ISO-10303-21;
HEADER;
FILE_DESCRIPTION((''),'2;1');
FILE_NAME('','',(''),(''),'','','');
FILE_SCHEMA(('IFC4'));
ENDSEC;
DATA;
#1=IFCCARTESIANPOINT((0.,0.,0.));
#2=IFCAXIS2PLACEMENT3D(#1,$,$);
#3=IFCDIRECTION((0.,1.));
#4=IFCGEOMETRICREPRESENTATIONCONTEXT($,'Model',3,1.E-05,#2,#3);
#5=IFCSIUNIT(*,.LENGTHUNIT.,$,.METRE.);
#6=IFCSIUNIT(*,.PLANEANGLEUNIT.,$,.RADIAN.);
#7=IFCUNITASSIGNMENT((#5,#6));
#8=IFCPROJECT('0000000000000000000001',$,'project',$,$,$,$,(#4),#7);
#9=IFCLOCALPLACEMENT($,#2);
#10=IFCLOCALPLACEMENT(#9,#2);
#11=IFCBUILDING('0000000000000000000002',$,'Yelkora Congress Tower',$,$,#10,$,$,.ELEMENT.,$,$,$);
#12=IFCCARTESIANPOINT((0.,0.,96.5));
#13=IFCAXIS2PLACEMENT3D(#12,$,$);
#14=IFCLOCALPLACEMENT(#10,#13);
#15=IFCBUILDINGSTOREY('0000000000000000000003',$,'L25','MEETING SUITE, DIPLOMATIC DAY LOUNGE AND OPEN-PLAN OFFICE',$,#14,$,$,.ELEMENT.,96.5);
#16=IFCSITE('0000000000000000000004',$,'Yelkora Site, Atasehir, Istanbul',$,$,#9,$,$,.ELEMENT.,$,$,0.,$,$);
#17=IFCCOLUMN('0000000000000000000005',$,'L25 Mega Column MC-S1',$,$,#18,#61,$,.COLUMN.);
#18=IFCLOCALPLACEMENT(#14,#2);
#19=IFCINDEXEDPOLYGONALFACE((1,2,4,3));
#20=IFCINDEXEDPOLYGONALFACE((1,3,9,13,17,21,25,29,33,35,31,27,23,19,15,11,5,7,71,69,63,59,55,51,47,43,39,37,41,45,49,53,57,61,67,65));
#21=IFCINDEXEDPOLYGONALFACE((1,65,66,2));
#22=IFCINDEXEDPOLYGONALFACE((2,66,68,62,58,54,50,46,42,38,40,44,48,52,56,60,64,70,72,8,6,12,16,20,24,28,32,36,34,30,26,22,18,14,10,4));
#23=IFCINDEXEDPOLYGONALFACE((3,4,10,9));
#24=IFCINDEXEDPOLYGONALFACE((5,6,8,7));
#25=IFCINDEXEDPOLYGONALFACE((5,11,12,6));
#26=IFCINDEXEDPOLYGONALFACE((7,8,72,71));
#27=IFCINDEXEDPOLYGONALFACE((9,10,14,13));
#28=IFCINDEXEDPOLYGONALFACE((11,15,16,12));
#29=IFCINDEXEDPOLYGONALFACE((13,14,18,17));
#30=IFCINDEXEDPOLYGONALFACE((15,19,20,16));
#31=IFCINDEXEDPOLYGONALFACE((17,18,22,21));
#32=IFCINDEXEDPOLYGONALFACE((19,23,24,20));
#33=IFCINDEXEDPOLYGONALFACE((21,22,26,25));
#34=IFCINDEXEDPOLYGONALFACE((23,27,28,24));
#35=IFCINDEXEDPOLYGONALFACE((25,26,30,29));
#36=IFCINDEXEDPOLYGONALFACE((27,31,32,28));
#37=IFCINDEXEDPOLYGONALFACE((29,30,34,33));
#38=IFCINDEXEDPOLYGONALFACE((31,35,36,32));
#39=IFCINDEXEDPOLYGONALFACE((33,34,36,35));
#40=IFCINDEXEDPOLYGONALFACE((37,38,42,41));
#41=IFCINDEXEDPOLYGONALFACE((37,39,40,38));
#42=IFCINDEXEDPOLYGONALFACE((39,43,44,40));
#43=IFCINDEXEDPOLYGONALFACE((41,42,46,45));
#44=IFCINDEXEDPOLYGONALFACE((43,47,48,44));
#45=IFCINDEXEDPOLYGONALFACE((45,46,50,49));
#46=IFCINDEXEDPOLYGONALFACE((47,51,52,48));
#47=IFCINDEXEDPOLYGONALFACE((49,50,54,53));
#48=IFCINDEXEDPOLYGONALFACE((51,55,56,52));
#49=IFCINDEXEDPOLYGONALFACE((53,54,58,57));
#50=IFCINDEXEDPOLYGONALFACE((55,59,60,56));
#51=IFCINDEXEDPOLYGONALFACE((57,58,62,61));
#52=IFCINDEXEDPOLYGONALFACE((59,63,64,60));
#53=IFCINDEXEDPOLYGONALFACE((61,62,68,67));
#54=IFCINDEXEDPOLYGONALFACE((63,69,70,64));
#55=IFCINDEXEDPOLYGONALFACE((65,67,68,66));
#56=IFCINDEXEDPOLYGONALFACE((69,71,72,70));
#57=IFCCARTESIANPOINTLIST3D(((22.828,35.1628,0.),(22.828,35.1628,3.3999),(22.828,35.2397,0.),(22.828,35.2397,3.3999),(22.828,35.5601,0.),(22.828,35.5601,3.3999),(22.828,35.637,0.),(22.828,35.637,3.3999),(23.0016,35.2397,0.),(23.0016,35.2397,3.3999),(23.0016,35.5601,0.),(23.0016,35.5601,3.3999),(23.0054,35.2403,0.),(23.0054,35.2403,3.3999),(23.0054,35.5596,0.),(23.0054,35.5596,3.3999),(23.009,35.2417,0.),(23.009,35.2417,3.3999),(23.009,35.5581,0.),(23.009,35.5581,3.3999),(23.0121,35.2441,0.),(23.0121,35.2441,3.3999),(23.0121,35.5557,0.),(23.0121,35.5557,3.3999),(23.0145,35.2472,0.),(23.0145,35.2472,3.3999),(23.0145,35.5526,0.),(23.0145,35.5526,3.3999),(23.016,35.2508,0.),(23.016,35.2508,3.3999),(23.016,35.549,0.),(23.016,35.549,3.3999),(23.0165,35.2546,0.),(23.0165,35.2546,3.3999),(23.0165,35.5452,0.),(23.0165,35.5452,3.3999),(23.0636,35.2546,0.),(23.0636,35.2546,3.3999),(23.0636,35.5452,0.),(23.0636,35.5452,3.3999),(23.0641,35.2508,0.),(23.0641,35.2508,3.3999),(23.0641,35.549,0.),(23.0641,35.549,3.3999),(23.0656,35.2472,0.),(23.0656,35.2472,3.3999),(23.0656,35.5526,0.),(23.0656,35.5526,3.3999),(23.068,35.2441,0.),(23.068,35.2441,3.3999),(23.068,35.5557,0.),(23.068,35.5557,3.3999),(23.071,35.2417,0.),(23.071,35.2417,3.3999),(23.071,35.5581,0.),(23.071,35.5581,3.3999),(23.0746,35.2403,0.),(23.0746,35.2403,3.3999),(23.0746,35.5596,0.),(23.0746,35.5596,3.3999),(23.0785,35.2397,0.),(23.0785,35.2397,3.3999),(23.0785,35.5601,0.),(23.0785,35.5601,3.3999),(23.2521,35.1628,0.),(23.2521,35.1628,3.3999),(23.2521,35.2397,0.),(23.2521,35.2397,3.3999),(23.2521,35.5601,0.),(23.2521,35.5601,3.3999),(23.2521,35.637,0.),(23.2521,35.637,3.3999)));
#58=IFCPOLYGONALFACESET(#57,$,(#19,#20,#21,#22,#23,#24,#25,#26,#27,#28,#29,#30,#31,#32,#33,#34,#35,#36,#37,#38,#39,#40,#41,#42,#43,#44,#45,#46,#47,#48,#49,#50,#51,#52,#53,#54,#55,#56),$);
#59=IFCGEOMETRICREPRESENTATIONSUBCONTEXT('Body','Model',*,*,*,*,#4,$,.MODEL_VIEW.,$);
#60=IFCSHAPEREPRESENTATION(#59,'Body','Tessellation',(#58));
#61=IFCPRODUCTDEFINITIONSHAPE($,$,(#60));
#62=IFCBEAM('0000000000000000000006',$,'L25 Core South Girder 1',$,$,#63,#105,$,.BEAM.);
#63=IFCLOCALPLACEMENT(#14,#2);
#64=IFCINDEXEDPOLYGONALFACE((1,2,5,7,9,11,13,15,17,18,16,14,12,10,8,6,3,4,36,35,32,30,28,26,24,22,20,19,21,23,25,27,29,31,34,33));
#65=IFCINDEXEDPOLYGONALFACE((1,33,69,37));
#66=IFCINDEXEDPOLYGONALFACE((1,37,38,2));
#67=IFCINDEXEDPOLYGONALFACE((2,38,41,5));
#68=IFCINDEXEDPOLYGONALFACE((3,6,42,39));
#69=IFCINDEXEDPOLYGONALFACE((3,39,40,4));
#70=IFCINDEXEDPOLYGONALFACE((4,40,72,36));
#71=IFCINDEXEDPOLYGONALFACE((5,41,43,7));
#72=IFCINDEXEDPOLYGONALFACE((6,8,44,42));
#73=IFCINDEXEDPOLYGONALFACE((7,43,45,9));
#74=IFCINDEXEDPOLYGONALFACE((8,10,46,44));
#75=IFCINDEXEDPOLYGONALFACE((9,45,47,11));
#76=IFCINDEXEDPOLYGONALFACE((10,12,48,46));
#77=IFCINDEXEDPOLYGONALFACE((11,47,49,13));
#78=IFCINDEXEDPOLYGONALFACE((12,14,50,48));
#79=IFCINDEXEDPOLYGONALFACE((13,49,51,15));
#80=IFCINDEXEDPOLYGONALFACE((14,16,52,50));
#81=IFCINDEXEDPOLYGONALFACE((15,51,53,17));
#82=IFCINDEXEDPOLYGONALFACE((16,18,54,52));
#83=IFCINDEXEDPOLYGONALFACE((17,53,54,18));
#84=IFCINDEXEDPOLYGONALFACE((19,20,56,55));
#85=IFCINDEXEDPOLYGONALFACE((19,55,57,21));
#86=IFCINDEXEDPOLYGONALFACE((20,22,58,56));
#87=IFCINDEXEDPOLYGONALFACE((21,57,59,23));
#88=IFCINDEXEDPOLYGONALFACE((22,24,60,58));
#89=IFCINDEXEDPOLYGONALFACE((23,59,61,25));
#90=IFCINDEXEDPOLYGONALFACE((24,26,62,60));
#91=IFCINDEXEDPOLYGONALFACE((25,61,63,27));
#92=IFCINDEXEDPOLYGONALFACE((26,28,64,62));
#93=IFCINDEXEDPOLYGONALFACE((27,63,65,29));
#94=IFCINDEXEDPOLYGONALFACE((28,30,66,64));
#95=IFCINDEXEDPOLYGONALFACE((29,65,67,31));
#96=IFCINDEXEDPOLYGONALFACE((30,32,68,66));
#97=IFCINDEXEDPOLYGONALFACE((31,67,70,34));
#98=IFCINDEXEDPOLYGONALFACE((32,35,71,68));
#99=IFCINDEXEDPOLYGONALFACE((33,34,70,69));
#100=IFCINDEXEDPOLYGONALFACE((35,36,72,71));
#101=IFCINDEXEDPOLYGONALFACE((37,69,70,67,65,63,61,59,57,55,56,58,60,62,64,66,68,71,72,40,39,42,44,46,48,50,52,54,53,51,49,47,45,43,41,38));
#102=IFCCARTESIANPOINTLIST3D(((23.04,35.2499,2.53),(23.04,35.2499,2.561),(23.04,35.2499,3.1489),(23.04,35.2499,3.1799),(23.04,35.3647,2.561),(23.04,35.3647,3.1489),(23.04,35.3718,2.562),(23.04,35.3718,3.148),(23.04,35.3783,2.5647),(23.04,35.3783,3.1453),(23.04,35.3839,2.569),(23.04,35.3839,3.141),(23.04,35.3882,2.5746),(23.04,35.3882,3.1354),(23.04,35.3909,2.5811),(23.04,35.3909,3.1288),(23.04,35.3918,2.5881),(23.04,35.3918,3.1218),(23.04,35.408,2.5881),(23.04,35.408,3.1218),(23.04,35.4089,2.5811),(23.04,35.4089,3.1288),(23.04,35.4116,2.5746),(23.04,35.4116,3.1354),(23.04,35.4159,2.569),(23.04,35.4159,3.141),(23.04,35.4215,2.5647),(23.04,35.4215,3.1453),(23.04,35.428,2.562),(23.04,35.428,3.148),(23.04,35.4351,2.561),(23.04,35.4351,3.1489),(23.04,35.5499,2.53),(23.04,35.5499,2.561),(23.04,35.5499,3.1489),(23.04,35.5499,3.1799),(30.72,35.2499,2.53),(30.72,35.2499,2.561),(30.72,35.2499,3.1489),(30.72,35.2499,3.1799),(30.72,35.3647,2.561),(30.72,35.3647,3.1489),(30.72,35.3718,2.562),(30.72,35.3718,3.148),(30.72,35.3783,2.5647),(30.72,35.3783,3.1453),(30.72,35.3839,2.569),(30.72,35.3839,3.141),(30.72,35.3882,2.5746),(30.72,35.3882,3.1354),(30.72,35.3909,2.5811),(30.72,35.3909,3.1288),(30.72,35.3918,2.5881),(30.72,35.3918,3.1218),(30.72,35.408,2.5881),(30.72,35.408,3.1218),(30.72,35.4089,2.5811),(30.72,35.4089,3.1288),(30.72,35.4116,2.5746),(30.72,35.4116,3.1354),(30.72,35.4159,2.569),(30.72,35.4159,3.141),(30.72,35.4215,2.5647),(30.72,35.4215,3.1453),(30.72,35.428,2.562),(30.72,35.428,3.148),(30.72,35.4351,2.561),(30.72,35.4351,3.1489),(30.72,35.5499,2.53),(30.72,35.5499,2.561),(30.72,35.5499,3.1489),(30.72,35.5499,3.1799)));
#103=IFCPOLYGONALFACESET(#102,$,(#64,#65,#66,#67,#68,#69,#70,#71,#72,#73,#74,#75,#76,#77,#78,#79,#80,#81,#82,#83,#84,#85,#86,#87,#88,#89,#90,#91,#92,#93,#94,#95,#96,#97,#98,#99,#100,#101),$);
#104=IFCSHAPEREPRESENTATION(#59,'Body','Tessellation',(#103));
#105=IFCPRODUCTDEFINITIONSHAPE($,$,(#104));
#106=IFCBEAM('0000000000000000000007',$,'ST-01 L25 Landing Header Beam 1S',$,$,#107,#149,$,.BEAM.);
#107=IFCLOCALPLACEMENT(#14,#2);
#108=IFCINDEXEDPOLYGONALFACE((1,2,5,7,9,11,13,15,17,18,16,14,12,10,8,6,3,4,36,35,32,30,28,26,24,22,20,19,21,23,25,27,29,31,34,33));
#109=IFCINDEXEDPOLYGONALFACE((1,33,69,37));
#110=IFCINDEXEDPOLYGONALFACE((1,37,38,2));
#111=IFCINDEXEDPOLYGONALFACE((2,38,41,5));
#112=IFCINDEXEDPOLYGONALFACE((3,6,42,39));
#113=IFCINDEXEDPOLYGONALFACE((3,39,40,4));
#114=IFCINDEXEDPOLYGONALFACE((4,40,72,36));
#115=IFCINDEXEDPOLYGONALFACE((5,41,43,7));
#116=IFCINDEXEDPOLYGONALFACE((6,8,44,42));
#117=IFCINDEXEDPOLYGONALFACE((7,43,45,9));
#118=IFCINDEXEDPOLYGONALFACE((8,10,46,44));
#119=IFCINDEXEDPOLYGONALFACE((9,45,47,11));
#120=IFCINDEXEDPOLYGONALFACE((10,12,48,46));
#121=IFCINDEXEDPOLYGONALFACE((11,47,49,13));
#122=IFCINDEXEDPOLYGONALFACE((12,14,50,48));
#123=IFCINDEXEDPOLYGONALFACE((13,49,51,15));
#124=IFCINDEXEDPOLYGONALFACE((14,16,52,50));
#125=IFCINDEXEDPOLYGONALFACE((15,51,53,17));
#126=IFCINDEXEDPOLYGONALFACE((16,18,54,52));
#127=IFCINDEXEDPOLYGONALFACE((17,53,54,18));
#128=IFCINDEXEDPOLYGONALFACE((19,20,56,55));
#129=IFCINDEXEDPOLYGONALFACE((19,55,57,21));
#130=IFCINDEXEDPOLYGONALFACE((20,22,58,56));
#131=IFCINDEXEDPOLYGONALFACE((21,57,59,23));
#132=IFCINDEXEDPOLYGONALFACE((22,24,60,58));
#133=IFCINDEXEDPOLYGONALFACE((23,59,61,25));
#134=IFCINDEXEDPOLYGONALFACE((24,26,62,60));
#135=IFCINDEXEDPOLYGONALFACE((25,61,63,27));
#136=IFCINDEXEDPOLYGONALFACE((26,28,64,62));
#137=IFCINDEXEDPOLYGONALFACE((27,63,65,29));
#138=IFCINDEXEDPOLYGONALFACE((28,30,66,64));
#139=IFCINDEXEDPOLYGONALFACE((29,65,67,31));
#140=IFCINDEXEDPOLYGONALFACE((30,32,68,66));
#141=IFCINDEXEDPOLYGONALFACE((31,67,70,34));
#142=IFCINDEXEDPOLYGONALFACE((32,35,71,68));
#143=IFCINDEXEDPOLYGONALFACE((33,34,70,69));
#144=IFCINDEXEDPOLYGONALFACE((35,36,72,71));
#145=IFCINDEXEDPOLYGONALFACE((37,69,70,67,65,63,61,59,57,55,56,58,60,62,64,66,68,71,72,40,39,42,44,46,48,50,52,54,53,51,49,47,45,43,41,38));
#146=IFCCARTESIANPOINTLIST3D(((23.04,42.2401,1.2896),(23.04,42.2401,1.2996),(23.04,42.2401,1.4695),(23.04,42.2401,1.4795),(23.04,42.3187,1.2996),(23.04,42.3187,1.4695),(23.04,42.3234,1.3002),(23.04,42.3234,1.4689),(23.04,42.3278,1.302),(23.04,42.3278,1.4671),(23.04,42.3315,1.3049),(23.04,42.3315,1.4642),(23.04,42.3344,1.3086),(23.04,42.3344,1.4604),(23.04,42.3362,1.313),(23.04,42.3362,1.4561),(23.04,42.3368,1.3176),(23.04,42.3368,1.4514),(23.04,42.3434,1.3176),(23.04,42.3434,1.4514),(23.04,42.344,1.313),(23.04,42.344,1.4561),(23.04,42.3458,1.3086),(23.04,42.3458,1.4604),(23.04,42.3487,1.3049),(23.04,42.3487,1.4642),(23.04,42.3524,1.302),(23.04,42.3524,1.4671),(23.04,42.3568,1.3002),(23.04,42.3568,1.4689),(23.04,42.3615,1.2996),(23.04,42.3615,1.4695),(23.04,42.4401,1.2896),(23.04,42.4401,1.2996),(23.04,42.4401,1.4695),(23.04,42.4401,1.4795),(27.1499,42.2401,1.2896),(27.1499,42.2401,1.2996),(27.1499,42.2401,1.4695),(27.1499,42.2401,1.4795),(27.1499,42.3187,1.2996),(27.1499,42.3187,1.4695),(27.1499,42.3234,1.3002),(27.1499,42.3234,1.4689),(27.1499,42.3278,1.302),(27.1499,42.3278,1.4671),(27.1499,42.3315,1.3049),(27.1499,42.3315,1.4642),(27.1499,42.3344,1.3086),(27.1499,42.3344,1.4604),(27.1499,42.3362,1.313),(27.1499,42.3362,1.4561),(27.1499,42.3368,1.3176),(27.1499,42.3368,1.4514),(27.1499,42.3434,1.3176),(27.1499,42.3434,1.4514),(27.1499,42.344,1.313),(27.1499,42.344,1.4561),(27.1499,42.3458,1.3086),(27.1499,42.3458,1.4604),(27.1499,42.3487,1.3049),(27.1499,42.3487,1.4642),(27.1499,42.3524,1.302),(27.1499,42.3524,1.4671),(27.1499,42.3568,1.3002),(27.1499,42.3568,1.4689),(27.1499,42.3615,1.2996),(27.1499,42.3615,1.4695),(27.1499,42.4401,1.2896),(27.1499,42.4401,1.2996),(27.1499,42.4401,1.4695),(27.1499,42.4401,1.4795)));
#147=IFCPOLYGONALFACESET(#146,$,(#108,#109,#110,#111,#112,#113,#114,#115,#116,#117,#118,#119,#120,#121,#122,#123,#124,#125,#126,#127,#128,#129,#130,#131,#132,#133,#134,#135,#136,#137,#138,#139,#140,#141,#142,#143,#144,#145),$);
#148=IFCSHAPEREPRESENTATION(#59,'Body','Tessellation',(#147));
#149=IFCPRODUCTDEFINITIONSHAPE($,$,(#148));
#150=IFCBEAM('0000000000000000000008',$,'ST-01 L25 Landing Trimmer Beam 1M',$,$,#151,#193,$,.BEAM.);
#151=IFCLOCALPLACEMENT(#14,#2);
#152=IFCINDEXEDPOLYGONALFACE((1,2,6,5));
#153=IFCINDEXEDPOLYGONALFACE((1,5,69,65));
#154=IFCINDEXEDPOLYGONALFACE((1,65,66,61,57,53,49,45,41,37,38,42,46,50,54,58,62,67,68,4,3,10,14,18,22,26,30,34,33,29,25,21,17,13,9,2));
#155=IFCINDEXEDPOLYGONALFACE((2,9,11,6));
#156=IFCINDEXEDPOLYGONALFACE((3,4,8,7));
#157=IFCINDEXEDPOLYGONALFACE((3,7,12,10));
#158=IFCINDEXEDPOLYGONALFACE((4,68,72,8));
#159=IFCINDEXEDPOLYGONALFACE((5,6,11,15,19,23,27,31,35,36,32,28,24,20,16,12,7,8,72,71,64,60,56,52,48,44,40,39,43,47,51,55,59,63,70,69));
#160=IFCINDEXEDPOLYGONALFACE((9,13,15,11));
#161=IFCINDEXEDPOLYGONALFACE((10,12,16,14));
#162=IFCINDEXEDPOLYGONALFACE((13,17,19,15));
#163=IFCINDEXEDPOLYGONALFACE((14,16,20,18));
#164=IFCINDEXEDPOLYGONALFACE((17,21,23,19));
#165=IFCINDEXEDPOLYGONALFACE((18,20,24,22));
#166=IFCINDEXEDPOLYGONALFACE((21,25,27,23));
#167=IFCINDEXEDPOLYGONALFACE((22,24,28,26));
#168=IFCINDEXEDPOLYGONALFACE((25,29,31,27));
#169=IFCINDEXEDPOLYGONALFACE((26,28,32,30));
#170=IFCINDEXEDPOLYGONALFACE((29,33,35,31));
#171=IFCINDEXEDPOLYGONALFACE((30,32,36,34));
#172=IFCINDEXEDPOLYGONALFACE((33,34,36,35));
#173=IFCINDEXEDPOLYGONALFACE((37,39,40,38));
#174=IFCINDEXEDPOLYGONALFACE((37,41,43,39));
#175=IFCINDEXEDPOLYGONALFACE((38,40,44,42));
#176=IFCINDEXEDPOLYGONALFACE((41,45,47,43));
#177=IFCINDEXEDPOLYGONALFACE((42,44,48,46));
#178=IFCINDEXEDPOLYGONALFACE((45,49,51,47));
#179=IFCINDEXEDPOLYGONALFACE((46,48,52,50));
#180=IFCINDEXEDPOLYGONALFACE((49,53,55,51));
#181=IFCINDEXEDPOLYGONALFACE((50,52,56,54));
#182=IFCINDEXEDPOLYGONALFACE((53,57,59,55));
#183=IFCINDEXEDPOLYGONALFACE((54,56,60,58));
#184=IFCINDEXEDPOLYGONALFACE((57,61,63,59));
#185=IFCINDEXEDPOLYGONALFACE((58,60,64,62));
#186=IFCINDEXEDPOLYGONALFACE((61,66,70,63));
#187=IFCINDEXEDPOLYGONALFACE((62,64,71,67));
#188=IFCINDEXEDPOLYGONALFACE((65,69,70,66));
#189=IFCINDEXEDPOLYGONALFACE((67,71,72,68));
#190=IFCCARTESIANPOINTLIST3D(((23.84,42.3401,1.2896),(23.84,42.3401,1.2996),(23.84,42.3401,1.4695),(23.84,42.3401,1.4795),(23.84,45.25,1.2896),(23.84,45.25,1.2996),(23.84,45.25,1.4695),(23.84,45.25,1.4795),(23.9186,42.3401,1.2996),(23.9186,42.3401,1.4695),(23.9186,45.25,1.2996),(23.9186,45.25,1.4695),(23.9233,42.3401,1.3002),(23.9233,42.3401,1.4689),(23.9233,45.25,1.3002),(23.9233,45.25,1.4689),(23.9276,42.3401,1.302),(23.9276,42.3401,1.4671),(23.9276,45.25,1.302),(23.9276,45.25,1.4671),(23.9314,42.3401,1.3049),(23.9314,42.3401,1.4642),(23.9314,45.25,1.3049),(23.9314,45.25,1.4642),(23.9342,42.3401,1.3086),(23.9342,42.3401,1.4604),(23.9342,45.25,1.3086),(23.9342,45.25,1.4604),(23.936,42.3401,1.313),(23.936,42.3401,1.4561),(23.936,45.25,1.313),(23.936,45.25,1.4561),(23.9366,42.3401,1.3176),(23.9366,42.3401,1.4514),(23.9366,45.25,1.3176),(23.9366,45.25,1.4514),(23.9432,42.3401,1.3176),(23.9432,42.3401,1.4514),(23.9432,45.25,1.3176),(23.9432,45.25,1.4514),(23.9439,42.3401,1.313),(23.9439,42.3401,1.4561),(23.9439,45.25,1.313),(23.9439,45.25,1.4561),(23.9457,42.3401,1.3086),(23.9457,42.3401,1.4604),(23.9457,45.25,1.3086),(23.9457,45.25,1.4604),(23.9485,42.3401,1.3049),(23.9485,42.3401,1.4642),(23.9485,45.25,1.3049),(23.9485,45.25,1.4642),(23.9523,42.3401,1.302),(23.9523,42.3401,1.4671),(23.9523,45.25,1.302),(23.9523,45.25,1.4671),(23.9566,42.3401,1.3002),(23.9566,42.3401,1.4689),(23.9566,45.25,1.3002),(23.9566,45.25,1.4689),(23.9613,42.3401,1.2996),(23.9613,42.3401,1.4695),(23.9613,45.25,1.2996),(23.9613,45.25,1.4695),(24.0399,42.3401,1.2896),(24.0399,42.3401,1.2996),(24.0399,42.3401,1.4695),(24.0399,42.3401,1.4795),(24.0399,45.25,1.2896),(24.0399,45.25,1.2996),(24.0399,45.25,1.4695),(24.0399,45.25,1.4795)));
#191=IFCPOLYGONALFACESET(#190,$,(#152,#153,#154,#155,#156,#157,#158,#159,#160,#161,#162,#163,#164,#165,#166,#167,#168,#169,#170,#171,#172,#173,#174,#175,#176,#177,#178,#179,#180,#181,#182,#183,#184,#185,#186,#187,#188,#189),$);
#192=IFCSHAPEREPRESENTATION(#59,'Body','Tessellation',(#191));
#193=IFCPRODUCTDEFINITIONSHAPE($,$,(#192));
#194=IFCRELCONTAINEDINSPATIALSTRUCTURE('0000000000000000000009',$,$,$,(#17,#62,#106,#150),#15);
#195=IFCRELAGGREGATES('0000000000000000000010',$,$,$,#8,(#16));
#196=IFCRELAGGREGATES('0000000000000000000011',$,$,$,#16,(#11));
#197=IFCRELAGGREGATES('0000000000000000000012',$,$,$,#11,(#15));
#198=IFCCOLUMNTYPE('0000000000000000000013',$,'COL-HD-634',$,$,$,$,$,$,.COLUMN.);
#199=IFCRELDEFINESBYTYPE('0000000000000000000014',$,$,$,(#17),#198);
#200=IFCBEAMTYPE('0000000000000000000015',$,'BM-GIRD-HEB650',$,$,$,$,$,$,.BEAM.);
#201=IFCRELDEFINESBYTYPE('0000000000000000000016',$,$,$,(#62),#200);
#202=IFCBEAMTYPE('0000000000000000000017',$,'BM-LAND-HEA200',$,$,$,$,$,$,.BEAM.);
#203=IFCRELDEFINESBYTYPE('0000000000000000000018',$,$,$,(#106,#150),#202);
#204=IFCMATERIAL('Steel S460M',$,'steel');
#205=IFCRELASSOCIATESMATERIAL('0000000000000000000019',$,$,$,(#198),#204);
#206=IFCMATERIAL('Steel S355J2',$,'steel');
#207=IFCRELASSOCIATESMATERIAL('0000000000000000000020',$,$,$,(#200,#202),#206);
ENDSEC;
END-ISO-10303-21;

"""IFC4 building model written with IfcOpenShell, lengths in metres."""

from ifc_helpers import new_model, si_unit, direction, frame, origin, origin_2d, place, context, subcontext, project, spatial, i_section, extrude, material, material_profile, profile_set, type_object, element, save


model = new_model("IFC4")

# Units and contexts
model_context = context("Model", 3, precision=1e-05, world=origin(), true_north=direction((0.0, 1.0)))
body_context = subcontext(model_context, "Body", "Model", "MODEL_VIEW")
ifc_project = project(units=[si_unit("LENGTHUNIT", "METRE"), si_unit("PLANEANGLEUNIT", "RADIAN")], contexts=[model_context])

# Site, building, storey
site_placement = place(None, origin())
site = spatial("IfcSite", under=ifc_project, at=site_placement, Name="Yelkora Site, Atasehir, Istanbul", CompositionType="ELEMENT", RefElevation=0.0)
building_placement = place(site_placement, origin())
building = spatial("IfcBuilding", under=site, at=building_placement, Name="Yelkora Congress Tower", CompositionType="ELEMENT")
storey_placement = place(building_placement, frame((0.0, 0.0, 96.5)))
storey = spatial("IfcBuildingStorey", under=building, at=storey_placement, Name="L25", Description="MEETING SUITE, DIPLOMATIC DAY LOUNGE AND OPEN-PLAN OFFICE", CompositionType="ELEMENT", Elevation=96.5)

# Column
ifc_material_1 = material(Name="Steel S460M", Category="steel")
ifc_material_profile_1 = material_profile(ifc_material_1, i_section(OverallWidth=0.4241, OverallDepth=0.4741, WebThickness=0.0471, FlangeThickness=0.0769, FilletRadius=0.0149, at=origin_2d()), Name="HD 400x634")
ifc_profile_set_1 = profile_set([ifc_material_profile_1], Name="Steel S460M")
column_type = type_object("IfcColumnType", Name="COL-HD-634", PredefinedType="COLUMN", material=ifc_profile_set_1)
column_placement = place(storey_placement, frame((23.04, 35.3999, 0.0), z_axis=(0.0, 0.0, 1.0), x_axis=(1.0, 0.0, 0.0)))
element("IfcColumn", 1, at=column_placement, inside=storey, type_object=column_type, Name="L25 Mega Column MC-S1", PredefinedType="COLUMN", context=body_context, shape_type="SweptSolid", body=[
    extrude(i_section(OverallWidth=0.4241, OverallDepth=0.4741, WebThickness=0.0471, FlangeThickness=0.0769, FilletRadius=0.0149, at=origin_2d()), origin(), (0.0, 0.0, 1.0), 3.3999),
])

# Beams
ifc_material_2 = material(Name="Steel S355J2", Category="steel")
ifc_material_profile_2 = material_profile(ifc_material_2, i_section(OverallWidth=0.3, OverallDepth=0.6499, WebThickness=0.0161, FlangeThickness=0.031, FilletRadius=0.0271, at=origin_2d()), Name="HEB 650")
ifc_profile_set_2 = profile_set([ifc_material_profile_2], Name="Steel S355J2")
beam_type_1 = type_object("IfcBeamType", Name="BM-GIRD-HEB650", PredefinedType="BEAM", material=ifc_profile_set_2)
beam_1_placement = place(storey_placement, frame((23.04, 35.3999, 2.855), z_axis=(1.0, 0.0, 0.0), x_axis=(0.0, 1.0, 0.0)))
element("IfcBeam", 2, at=beam_1_placement, inside=storey, type_object=beam_type_1, Name="L25 Core South Girder 1", PredefinedType="BEAM", context=body_context, shape_type="SweptSolid", body=[
    extrude(i_section(OverallWidth=0.3, OverallDepth=0.6499, WebThickness=0.0161, FlangeThickness=0.031, FilletRadius=0.0271, at=origin_2d()), origin(), (0.0, 0.0, 1.0), 7.6799),
])
ifc_material_profile_3 = material_profile(ifc_material_2, i_section(OverallWidth=0.2, OverallDepth=0.1899, WebThickness=0.0066, FlangeThickness=0.01, FilletRadius=0.0181, at=origin_2d()), Name="HEA 200")
ifc_profile_set_3 = profile_set([ifc_material_profile_3], Name="Steel S355J2")
beam_type_2 = type_object("IfcBeamType", Name="BM-LAND-HEA200", PredefinedType="BEAM", material=ifc_profile_set_3)
beam_2_placement = place(storey_placement, frame((23.04, 42.3401, 1.3845), z_axis=(1.0, 0.0, 0.0), x_axis=(0.0, 1.0, 0.0)))
element("IfcBeam", 3, at=beam_2_placement, inside=storey, type_object=beam_type_2, Name="ST-01 L25 Landing Header Beam 1S", PredefinedType="BEAM", context=body_context, shape_type="SweptSolid", body=[
    extrude(i_section(OverallWidth=0.2, OverallDepth=0.1899, WebThickness=0.0066, FlangeThickness=0.01, FilletRadius=0.0181, at=origin_2d()), origin(), (0.0, 0.0, 1.0), 4.1099),
])
beam_3_placement = place(storey_placement, frame((23.9399, 42.3401, 1.3845), z_axis=(0.0, 1.0, 0.0), x_axis=(-1.0, 0.0, 0.0)))
element("IfcBeam", 4, at=beam_3_placement, inside=storey, type_object=beam_type_2, Name="ST-01 L25 Landing Trimmer Beam 1M", PredefinedType="BEAM", context=body_context, shape_type="SweptSolid", body=[
    extrude(i_section(OverallWidth=0.2, OverallDepth=0.1899, WebThickness=0.0066, FlangeThickness=0.01, FilletRadius=0.0181, at=origin_2d()), origin(), (0.0, 0.0, 1.0), 2.9099),
])

save(model, "model.ifc")
